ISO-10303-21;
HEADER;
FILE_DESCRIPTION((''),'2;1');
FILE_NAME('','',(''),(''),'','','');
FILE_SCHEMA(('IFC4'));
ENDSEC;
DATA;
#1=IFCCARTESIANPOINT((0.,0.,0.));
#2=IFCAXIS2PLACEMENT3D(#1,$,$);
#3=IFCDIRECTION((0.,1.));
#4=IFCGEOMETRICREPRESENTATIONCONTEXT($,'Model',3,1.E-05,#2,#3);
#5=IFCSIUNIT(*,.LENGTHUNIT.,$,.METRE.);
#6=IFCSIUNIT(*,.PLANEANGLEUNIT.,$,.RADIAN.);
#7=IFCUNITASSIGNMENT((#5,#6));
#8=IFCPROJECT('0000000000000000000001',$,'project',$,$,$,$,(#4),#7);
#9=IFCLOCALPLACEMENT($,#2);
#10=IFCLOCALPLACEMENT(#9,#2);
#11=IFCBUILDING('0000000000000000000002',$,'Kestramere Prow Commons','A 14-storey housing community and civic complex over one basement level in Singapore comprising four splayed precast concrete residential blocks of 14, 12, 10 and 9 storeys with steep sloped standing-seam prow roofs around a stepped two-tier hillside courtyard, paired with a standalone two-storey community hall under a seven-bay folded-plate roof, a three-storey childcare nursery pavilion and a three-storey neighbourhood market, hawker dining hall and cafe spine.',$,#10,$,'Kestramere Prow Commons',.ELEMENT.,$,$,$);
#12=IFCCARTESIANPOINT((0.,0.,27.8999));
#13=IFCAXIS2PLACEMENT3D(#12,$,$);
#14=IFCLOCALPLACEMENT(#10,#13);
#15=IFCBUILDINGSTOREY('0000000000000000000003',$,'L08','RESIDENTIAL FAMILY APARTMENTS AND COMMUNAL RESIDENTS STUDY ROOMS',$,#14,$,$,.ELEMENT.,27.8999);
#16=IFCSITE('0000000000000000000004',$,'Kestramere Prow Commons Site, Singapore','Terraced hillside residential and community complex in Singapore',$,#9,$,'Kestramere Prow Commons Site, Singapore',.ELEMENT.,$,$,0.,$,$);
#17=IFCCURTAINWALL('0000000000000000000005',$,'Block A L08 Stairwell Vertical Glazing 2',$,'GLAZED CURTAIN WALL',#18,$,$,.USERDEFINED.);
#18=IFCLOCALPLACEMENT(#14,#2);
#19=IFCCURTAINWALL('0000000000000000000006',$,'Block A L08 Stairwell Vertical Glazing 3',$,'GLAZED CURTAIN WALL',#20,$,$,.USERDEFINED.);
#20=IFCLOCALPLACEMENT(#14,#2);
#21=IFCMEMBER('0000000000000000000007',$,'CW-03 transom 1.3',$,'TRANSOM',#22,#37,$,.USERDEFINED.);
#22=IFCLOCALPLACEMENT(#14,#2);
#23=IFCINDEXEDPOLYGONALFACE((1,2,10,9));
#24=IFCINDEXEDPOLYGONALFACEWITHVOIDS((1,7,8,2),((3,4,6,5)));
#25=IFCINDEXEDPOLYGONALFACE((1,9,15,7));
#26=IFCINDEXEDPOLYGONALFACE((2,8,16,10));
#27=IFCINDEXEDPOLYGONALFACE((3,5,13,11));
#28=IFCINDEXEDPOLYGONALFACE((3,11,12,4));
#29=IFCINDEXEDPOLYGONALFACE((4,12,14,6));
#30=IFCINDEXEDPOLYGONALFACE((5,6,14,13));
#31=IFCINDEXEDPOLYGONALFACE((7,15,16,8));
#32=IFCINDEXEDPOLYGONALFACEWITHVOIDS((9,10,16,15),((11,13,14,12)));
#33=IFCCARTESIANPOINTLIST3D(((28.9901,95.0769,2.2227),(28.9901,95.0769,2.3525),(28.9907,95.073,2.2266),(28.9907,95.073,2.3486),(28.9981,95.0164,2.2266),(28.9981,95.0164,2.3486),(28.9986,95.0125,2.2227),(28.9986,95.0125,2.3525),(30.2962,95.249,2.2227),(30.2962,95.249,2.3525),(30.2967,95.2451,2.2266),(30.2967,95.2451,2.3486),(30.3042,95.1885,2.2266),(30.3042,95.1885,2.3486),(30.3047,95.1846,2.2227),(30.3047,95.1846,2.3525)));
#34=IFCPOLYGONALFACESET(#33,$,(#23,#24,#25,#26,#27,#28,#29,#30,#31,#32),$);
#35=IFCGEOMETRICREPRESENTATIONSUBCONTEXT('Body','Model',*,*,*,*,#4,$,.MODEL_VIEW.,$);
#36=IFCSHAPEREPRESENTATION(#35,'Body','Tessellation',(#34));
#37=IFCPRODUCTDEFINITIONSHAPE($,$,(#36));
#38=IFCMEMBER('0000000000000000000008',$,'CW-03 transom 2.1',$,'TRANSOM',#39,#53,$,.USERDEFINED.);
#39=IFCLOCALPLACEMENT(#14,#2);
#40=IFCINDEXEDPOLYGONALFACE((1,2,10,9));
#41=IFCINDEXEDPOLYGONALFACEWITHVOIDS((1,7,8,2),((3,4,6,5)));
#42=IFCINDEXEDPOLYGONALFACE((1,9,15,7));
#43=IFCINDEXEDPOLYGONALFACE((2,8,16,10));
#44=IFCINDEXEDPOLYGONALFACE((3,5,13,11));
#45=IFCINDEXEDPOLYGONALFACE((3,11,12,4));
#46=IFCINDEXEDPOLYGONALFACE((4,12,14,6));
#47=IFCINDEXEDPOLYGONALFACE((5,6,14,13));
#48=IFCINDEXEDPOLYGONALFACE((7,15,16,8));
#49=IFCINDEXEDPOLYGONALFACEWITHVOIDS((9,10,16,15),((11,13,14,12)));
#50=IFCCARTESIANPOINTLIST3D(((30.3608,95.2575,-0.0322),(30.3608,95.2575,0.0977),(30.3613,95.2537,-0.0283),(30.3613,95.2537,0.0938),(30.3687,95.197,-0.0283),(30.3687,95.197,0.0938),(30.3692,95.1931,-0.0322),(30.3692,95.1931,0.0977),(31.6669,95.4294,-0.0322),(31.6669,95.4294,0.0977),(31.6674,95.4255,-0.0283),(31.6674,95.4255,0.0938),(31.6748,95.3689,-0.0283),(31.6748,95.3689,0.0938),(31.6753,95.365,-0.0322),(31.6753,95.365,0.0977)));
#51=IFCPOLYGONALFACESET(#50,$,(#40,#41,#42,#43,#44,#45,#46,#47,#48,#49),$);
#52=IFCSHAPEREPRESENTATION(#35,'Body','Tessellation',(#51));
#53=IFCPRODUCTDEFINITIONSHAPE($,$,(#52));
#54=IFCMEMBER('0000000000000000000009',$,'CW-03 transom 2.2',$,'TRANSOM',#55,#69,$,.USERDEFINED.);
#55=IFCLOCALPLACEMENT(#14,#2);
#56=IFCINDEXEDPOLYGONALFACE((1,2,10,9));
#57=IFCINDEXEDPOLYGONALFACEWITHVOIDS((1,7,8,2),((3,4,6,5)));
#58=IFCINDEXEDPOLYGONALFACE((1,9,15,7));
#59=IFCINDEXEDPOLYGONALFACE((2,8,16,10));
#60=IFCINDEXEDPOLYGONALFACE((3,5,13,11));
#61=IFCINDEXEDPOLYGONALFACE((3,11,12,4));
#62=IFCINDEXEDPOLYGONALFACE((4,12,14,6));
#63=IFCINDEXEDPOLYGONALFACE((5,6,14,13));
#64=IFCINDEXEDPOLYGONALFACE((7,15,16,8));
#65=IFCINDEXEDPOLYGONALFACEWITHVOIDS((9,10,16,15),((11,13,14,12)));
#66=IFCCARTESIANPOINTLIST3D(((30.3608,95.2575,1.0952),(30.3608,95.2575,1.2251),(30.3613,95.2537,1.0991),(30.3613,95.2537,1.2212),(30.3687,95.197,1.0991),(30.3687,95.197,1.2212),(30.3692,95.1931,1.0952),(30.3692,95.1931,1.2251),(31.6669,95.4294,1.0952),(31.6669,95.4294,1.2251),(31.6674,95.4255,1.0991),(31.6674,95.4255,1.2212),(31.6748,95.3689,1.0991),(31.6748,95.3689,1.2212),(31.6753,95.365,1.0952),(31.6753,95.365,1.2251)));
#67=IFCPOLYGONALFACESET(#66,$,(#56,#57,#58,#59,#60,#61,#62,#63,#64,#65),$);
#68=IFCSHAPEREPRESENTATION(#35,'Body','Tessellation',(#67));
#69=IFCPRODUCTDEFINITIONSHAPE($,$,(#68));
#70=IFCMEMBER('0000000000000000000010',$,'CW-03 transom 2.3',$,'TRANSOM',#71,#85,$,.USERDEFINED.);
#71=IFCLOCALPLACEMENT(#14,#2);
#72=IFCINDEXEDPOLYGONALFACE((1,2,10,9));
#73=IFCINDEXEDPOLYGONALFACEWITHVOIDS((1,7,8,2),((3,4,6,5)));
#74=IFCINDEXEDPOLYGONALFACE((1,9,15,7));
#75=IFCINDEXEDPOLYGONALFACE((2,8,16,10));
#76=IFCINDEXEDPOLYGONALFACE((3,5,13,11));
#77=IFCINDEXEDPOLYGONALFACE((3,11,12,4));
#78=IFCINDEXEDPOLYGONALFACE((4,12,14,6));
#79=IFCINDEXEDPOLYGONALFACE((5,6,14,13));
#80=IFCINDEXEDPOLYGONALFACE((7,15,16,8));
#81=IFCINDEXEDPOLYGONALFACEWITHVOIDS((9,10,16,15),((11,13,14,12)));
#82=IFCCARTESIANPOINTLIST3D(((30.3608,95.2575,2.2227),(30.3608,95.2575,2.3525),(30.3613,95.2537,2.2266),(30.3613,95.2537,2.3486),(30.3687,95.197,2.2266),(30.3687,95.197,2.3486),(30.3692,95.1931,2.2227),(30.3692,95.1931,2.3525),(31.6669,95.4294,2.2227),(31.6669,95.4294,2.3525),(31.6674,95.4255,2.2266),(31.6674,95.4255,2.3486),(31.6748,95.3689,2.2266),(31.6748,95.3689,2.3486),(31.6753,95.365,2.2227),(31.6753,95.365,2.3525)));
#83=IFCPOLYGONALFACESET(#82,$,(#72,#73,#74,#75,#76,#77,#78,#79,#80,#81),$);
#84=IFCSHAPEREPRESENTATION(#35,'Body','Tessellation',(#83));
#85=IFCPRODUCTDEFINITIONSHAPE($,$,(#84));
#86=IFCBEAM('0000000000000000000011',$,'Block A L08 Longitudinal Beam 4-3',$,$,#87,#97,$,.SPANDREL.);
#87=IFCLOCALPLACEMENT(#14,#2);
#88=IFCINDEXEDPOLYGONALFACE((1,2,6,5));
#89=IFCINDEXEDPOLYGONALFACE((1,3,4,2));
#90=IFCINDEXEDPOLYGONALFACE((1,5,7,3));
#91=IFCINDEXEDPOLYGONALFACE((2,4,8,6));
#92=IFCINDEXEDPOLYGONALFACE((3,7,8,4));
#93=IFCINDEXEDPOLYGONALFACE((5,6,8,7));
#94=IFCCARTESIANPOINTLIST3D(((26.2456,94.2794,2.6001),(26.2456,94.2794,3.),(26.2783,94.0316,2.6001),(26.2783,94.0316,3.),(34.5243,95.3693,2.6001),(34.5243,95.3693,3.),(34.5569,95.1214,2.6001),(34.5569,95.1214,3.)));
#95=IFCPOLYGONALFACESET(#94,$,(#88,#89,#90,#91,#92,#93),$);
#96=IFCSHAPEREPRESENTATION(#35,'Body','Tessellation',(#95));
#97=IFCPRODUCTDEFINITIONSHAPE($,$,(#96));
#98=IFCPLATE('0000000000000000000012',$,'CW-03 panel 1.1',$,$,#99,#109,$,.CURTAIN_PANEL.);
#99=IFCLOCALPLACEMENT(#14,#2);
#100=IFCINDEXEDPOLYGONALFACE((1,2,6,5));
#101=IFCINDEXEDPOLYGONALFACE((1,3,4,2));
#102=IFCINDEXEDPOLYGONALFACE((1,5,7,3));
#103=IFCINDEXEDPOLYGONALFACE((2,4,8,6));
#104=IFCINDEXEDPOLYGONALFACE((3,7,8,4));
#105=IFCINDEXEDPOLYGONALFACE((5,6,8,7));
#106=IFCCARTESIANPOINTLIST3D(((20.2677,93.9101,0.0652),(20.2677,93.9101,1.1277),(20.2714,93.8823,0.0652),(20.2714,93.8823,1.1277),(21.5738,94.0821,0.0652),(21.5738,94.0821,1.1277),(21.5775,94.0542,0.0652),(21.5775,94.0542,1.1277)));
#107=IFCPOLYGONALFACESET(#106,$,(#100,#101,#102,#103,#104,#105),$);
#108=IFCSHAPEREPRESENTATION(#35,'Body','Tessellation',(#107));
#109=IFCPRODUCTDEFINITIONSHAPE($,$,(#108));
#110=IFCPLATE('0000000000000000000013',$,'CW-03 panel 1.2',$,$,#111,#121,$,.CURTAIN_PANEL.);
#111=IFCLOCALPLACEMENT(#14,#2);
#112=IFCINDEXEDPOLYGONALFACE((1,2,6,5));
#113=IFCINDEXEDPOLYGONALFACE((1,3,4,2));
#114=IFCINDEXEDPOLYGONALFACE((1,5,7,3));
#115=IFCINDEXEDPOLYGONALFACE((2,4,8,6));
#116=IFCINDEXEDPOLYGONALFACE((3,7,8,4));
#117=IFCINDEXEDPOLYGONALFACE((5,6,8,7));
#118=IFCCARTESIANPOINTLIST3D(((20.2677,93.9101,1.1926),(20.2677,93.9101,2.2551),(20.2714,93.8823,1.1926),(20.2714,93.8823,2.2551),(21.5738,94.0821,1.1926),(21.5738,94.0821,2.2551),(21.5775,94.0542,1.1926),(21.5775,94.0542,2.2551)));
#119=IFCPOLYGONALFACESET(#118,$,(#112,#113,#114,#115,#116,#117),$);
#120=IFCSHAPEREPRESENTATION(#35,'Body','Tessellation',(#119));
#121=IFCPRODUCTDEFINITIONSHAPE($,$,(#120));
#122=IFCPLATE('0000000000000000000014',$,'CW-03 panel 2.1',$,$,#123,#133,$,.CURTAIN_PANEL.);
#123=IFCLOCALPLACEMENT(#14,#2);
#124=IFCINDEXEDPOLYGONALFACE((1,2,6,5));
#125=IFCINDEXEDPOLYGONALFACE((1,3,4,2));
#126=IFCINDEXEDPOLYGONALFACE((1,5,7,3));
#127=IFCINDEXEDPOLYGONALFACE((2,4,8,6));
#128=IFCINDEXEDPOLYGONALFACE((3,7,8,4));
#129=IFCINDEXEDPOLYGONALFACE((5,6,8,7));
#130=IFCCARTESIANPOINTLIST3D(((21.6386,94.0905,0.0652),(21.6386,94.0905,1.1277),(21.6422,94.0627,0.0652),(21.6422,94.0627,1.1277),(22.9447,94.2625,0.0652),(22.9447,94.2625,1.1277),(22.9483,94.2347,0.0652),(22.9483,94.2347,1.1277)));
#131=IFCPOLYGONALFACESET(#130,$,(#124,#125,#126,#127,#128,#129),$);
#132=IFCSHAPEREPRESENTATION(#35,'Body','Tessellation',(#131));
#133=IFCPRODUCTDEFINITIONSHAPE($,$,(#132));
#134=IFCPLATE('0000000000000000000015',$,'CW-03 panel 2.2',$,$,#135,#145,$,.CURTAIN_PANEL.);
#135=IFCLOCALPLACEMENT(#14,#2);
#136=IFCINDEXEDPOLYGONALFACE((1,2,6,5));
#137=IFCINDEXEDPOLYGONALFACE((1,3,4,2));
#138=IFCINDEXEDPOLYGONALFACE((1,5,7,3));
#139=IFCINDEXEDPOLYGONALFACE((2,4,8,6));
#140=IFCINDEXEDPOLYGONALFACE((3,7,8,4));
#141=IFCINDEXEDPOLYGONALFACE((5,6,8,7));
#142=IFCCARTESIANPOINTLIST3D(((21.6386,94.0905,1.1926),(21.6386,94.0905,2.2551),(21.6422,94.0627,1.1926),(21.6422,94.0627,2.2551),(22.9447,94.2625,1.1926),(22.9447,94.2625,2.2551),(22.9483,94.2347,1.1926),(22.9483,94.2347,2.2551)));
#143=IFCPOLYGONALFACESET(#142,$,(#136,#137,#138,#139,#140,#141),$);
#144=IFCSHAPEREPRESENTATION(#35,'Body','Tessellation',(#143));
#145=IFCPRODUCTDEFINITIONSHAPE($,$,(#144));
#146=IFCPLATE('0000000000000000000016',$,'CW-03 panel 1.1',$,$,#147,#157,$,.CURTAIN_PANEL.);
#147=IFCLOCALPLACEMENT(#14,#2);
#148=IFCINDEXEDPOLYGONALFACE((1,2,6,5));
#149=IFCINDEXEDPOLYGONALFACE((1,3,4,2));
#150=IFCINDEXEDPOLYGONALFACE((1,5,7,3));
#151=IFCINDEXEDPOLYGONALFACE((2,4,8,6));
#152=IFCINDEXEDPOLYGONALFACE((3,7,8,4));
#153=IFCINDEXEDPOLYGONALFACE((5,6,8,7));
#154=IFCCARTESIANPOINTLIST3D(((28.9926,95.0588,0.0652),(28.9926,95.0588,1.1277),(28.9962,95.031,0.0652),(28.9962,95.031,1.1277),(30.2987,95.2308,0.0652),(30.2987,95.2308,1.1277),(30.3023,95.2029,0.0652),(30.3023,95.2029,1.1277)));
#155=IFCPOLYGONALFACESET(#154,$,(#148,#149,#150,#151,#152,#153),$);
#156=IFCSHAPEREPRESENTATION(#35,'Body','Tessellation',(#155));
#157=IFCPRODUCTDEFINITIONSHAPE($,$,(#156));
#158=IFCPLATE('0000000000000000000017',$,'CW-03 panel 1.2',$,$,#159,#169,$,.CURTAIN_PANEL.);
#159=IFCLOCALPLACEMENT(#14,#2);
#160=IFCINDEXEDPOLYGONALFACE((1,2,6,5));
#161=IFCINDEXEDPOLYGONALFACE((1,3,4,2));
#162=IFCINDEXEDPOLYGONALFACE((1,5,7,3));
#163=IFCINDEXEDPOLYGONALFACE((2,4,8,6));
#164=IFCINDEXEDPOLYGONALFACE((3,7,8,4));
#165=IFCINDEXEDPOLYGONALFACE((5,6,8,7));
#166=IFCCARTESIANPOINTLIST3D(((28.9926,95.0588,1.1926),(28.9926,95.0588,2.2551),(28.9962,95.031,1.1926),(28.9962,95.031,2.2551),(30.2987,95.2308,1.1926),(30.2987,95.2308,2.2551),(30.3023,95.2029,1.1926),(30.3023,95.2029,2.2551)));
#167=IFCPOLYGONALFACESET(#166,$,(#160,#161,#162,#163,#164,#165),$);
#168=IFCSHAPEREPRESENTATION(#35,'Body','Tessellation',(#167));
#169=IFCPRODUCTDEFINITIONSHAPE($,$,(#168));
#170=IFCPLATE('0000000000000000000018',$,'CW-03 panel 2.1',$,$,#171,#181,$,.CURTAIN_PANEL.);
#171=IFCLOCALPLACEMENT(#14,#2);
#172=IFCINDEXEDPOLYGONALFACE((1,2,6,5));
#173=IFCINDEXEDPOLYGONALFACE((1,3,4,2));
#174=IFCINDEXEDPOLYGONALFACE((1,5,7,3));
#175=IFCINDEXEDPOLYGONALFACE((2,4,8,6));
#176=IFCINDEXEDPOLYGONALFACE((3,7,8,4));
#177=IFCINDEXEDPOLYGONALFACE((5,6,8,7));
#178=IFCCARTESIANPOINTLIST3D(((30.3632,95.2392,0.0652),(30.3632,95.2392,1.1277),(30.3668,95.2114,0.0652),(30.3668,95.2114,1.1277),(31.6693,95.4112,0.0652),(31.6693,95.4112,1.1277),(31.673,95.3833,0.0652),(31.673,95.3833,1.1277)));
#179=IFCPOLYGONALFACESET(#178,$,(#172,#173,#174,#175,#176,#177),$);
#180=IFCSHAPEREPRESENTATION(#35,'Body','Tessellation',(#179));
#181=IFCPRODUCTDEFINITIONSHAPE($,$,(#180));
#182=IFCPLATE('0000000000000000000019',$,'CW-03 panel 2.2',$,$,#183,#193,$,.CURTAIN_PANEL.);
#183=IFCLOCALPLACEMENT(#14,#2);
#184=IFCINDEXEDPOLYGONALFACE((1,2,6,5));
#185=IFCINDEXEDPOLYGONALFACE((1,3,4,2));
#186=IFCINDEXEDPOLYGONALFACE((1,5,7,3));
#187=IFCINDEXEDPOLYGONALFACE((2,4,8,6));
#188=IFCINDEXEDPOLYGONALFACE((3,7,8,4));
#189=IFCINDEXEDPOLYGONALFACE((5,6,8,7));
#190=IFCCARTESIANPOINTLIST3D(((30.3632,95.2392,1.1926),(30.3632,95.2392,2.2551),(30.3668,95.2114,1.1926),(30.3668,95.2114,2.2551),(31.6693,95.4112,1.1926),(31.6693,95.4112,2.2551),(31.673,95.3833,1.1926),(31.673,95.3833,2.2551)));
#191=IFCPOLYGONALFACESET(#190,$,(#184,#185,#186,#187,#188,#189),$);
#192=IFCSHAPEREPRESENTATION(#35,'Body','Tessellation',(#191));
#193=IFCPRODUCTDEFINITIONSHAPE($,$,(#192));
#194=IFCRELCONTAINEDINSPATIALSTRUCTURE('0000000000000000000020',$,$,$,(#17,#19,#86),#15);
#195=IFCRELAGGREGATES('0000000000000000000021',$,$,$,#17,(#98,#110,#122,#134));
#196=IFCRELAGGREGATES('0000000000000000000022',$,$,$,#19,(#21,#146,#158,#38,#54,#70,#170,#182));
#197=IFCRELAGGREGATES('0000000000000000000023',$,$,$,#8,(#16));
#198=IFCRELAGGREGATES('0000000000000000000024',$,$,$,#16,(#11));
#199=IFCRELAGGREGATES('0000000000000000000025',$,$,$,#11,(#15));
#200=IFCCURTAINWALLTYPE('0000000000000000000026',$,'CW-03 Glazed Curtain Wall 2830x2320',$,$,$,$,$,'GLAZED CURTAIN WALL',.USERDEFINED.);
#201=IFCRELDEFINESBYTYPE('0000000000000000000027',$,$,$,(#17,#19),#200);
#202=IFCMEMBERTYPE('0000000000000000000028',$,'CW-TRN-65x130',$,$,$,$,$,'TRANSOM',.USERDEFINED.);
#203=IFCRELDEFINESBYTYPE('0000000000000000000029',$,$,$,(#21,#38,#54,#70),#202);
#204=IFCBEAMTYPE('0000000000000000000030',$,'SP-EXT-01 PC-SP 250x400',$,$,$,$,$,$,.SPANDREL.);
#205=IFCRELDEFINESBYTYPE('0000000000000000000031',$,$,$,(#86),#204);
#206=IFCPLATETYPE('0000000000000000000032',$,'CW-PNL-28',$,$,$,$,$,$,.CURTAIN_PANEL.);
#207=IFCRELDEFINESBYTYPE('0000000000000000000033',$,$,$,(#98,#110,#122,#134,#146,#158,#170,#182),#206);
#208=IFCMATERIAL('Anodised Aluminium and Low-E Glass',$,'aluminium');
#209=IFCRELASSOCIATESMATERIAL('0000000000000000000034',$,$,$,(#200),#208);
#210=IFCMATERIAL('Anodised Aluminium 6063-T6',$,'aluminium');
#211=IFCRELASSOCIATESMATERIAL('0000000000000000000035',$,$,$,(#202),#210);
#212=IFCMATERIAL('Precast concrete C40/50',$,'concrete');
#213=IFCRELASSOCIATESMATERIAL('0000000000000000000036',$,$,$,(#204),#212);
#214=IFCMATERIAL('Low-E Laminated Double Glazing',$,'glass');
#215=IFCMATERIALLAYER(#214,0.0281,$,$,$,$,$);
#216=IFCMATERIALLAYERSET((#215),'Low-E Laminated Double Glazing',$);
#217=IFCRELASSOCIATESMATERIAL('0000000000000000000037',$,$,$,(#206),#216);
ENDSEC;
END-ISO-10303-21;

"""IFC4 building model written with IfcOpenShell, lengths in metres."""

from ifc_helpers import new_model, si_unit, direction, frame, origin, origin_2d, place, context, subcontext, project, spatial, rectangle, hollow_rectangle, extrude, material, layer, layer_set, material_profile, profile_set, type_object, element, aggregate, save


model = new_model("IFC4")

# Units and contexts
model_context = context("Model", 3, precision=1e-05, world=origin(), true_north=direction((0.0, 1.0)))
body_context = subcontext(model_context, "Body", "Model", "MODEL_VIEW")
ifc_project = project(units=[si_unit("LENGTHUNIT", "METRE"), si_unit("PLANEANGLEUNIT", "RADIAN")], contexts=[model_context])

# Site, building, storey
site_placement = place(None, origin())
site = spatial("IfcSite", under=ifc_project, at=site_placement, Name="Kestramere Prow Commons Site, Singapore", Description="Terraced hillside residential and community complex in Singapore", LongName="Kestramere Prow Commons Site, Singapore", CompositionType="ELEMENT", RefElevation=0.0)
building_placement = place(site_placement, origin())
building = spatial("IfcBuilding", under=site, at=building_placement, Name="Kestramere Prow Commons", Description="A 14-storey housing community and civic complex over one basement level in Singapore comprising four splayed precast concrete residential blocks of 14, 12, 10 and 9 storeys with steep sloped standing-seam prow roofs around a stepped two-tier hillside courtyard, paired with a standalone two-storey community hall under a seven-bay folded-plate roof, a three-storey childcare nursery pavilion and a three-storey neighbourhood market, hawker dining hall and cafe spine.", LongName="Kestramere Prow Commons", CompositionType="ELEMENT")
storey_placement = place(building_placement, frame((0.0, 0.0, 27.8999)))
storey = spatial("IfcBuildingStorey", under=building, at=storey_placement, Name="L08", Description="RESIDENTIAL FAMILY APARTMENTS AND COMMUNAL RESIDENTS STUDY ROOMS", CompositionType="ELEMENT", Elevation=27.8999)

# Shared definitions
ifc_material_1 = material(Name="Precast concrete C40/50", Category="concrete")

# Curtain walls
ifc_material_2 = material(Name="Anodised Aluminium and Low-E Glass", Category="aluminium")
curtain_wall_type = type_object("IfcCurtainWallType", Name="CW-03 Glazed Curtain Wall 2830x2320", ElementType="GLAZED CURTAIN WALL", PredefinedType="USERDEFINED", material=ifc_material_2)
curtain_wall_1_placement = place(storey_placement, origin())
curtain_wall_1 = element("IfcCurtainWall", 1, at=curtain_wall_1_placement, inside=storey, type_object=curtain_wall_type, Name="Block A L08 Stairwell Vertical Glazing 2", ObjectType="GLAZED CURTAIN WALL", PredefinedType="USERDEFINED")
ifc_material_3 = material(Name="Anodised Aluminium 6063-T6", Category="aluminium")
curtain_wall_2_placement = place(storey_placement, origin())
curtain_wall_2 = element("IfcCurtainWall", 2, at=curtain_wall_2_placement, inside=storey, type_object=curtain_wall_type, Name="Block A L08 Stairwell Vertical Glazing 3", ObjectType="GLAZED CURTAIN WALL", PredefinedType="USERDEFINED")

# Members
ifc_material_profile_1 = material_profile(ifc_material_3, hollow_rectangle(XDim=0.0649, YDim=0.1299, WallThickness=0.0039, at=origin_2d()), Name="ALU-TRN 65x130")
ifc_profile_set_1 = profile_set([ifc_material_profile_1], Name="Anodised Aluminium 6063-T6")
member_type_1 = type_object("IfcMemberType", Name="CW-TRN-65x130", ElementType="TRANSOM", PredefinedType="USERDEFINED", material=ifc_profile_set_1)
member_1_placement = place(storey_placement, frame((28.9944, 95.0447, 2.2876), z_axis=(0.991429, 0.130646, 0.0), x_axis=(-0.130646, 0.991429, 0.0)))
member_1 = element("IfcMember", 3, at=member_1_placement, type_object=member_type_1, Name="CW-03 transom 1.3", ObjectType="TRANSOM", PredefinedType="USERDEFINED", context=body_context, shape_type="SweptSolid", body=[
    extrude(hollow_rectangle(XDim=0.0649, YDim=0.1299, WallThickness=0.0039, at=origin_2d()), origin(), (0.0, 0.0, 1.0), 1.3174),
])
member_2_placement = place(storey_placement, frame((30.365, 95.2253, 0.0327), z_axis=(0.991453, 0.130464, 0.0), x_axis=(-0.130464, 0.991453, 0.0)))
member_2 = element("IfcMember", 4, at=member_2_placement, type_object=member_type_1, Name="CW-03 transom 2.1", ObjectType="TRANSOM", PredefinedType="USERDEFINED", context=body_context, shape_type="SweptSolid", body=[
    extrude(hollow_rectangle(XDim=0.0649, YDim=0.1299, WallThickness=0.0039, at=origin_2d()), origin(), (0.0, 0.0, 1.0), 1.3174),
])
member_3_placement = place(storey_placement, frame((30.365, 95.2253, 1.1602), z_axis=(0.991453, 0.130464, 0.0), x_axis=(-0.130464, 0.991453, 0.0)))
member_3 = element("IfcMember", 5, at=member_3_placement, type_object=member_type_1, Name="CW-03 transom 2.2", ObjectType="TRANSOM", PredefinedType="USERDEFINED", context=body_context, shape_type="SweptSolid", body=[
    extrude(hollow_rectangle(XDim=0.0649, YDim=0.1299, WallThickness=0.0039, at=origin_2d()), origin(), (0.0, 0.0, 1.0), 1.3174),
])
member_4_placement = place(storey_placement, frame((30.365, 95.2253, 2.2876), z_axis=(0.991453, 0.130464, 0.0), x_axis=(-0.130464, 0.991453, 0.0)))
member_4 = element("IfcMember", 6, at=member_4_placement, type_object=member_type_1, Name="CW-03 transom 2.3", ObjectType="TRANSOM", PredefinedType="USERDEFINED", context=body_context, shape_type="SweptSolid", body=[
    extrude(hollow_rectangle(XDim=0.0649, YDim=0.1299, WallThickness=0.0039, at=origin_2d()), origin(), (0.0, 0.0, 1.0), 1.3174),
])

# Beam
ifc_material_profile_2 = material_profile(ifc_material_1, rectangle(XDim=0.25, YDim=0.3999, at=origin_2d()), Name="PC-SP 250x400")
ifc_profile_set_2 = profile_set([ifc_material_profile_2], Name="Precast concrete C40/50")
beam_type = type_object("IfcBeamType", Name="SP-EXT-01 PC-SP 250x400", PredefinedType="SPANDREL", material=ifc_profile_set_2)
beam_placement = place(storey_placement, frame((26.262, 94.1555, 2.8), z_axis=(0.991446, 0.13052, 0.0), x_axis=(-0.13052, 0.991446, 0.0)))
element("IfcBeam", 7, at=beam_placement, inside=storey, type_object=beam_type, Name="Block A L08 Longitudinal Beam 4-3", PredefinedType="SPANDREL", context=body_context, shape_type="SweptSolid", body=[
    extrude(rectangle(XDim=0.25, YDim=0.3999, at=origin_2d()), origin(), (0.0, 0.0, 1.0), 8.3501),
])

# Plates
ifc_material_4 = material(Name="Low-E Laminated Double Glazing", Category="glass")
ifc_layer_1 = layer(ifc_material_4, 0.0281)
ifc_layer_set_1 = layer_set([ifc_layer_1], Name="Low-E Laminated Double Glazing")
plate_type = type_object("IfcPlateType", Name="CW-PNL-28", PredefinedType="CURTAIN_PANEL", material=ifc_layer_set_1)
plate_1_placement = place(storey_placement, frame((20.9226, 93.9822, 0.0652), z_axis=(0.0, 0.0, 1.0), x_axis=(0.991445, 0.130526, 0.0)))
plate_1 = element("IfcPlate", 8, at=plate_1_placement, type_object=plate_type, Name="CW-03 panel 1.1", PredefinedType="CURTAIN_PANEL", context=body_context, shape_type="SweptSolid", body=[
    extrude(rectangle(XDim=1.3174, YDim=0.0281, at=origin_2d()), origin(), (0.0, 0.0, 1.0), 1.0625),
])
plate_2_placement = place(storey_placement, frame((20.9226, 93.9822, 1.1926), z_axis=(0.0, 0.0, 1.0), x_axis=(0.991445, 0.130526, 0.0)))
plate_2 = element("IfcPlate", 9, at=plate_2_placement, type_object=plate_type, Name="CW-03 panel 1.2", PredefinedType="CURTAIN_PANEL", context=body_context, shape_type="SweptSolid", body=[
    extrude(rectangle(XDim=1.3174, YDim=0.0281, at=origin_2d()), origin(), (0.0, 0.0, 1.0), 1.0625),
])
plate_3_placement = place(storey_placement, frame((22.2935, 94.1626, 0.0652), z_axis=(0.0, 0.0, 1.0), x_axis=(0.991445, 0.130526, 0.0)))
plate_3 = element("IfcPlate", 10, at=plate_3_placement, type_object=plate_type, Name="CW-03 panel 2.1", PredefinedType="CURTAIN_PANEL", context=body_context, shape_type="SweptSolid", body=[
    extrude(rectangle(XDim=1.3174, YDim=0.0281, at=origin_2d()), origin(), (0.0, 0.0, 1.0), 1.0625),
])
plate_4_placement = place(storey_placement, frame((22.2935, 94.1626, 1.1926), z_axis=(0.0, 0.0, 1.0), x_axis=(0.991445, 0.130526, 0.0)))
plate_4 = element("IfcPlate", 11, at=plate_4_placement, type_object=plate_type, Name="CW-03 panel 2.2", PredefinedType="CURTAIN_PANEL", context=body_context, shape_type="SweptSolid", body=[
    extrude(rectangle(XDim=1.3174, YDim=0.0281, at=origin_2d()), origin(), (0.0, 0.0, 1.0), 1.0625),
])
aggregate(curtain_wall_1, [plate_1, plate_2, plate_3, plate_4])
plate_5_placement = place(storey_placement, frame((29.6475, 95.1309, 0.0652), z_axis=(0.0, 0.0, 1.0), x_axis=(0.991445, 0.130526, 0.0)))
plate_5 = element("IfcPlate", 12, at=plate_5_placement, type_object=plate_type, Name="CW-03 panel 1.1", PredefinedType="CURTAIN_PANEL", context=body_context, shape_type="SweptSolid", body=[
    extrude(rectangle(XDim=1.3174, YDim=0.0281, at=origin_2d()), origin(), (0.0, 0.0, 1.0), 1.0625),
])
plate_6_placement = place(storey_placement, frame((29.6475, 95.1309, 1.1926), z_axis=(0.0, 0.0, 1.0), x_axis=(0.991445, 0.130526, 0.0)))
plate_6 = element("IfcPlate", 13, at=plate_6_placement, type_object=plate_type, Name="CW-03 panel 1.2", PredefinedType="CURTAIN_PANEL", context=body_context, shape_type="SweptSolid", body=[
    extrude(rectangle(XDim=1.3174, YDim=0.0281, at=origin_2d()), origin(), (0.0, 0.0, 1.0), 1.0625),
])
plate_7_placement = place(storey_placement, frame((31.0181, 95.3113, 0.0652), z_axis=(0.0, 0.0, 1.0), x_axis=(0.991445, 0.130526, 0.0)))
plate_7 = element("IfcPlate", 14, at=plate_7_placement, type_object=plate_type, Name="CW-03 panel 2.1", PredefinedType="CURTAIN_PANEL", context=body_context, shape_type="SweptSolid", body=[
    extrude(rectangle(XDim=1.3174, YDim=0.0281, at=origin_2d()), origin(), (0.0, 0.0, 1.0), 1.0625),
])
plate_8_placement = place(storey_placement, frame((31.0181, 95.3113, 1.1926), z_axis=(0.0, 0.0, 1.0), x_axis=(0.991445, 0.130526, 0.0)))
plate_8 = element("IfcPlate", 15, at=plate_8_placement, type_object=plate_type, Name="CW-03 panel 2.2", PredefinedType="CURTAIN_PANEL", context=body_context, shape_type="SweptSolid", body=[
    extrude(rectangle(XDim=1.3174, YDim=0.0281, at=origin_2d()), origin(), (0.0, 0.0, 1.0), 1.0625),
])
aggregate(curtain_wall_2, [member_1, plate_5, plate_6, member_2, member_3, member_4, plate_7, plate_8])

save(model, "model.ifc")
